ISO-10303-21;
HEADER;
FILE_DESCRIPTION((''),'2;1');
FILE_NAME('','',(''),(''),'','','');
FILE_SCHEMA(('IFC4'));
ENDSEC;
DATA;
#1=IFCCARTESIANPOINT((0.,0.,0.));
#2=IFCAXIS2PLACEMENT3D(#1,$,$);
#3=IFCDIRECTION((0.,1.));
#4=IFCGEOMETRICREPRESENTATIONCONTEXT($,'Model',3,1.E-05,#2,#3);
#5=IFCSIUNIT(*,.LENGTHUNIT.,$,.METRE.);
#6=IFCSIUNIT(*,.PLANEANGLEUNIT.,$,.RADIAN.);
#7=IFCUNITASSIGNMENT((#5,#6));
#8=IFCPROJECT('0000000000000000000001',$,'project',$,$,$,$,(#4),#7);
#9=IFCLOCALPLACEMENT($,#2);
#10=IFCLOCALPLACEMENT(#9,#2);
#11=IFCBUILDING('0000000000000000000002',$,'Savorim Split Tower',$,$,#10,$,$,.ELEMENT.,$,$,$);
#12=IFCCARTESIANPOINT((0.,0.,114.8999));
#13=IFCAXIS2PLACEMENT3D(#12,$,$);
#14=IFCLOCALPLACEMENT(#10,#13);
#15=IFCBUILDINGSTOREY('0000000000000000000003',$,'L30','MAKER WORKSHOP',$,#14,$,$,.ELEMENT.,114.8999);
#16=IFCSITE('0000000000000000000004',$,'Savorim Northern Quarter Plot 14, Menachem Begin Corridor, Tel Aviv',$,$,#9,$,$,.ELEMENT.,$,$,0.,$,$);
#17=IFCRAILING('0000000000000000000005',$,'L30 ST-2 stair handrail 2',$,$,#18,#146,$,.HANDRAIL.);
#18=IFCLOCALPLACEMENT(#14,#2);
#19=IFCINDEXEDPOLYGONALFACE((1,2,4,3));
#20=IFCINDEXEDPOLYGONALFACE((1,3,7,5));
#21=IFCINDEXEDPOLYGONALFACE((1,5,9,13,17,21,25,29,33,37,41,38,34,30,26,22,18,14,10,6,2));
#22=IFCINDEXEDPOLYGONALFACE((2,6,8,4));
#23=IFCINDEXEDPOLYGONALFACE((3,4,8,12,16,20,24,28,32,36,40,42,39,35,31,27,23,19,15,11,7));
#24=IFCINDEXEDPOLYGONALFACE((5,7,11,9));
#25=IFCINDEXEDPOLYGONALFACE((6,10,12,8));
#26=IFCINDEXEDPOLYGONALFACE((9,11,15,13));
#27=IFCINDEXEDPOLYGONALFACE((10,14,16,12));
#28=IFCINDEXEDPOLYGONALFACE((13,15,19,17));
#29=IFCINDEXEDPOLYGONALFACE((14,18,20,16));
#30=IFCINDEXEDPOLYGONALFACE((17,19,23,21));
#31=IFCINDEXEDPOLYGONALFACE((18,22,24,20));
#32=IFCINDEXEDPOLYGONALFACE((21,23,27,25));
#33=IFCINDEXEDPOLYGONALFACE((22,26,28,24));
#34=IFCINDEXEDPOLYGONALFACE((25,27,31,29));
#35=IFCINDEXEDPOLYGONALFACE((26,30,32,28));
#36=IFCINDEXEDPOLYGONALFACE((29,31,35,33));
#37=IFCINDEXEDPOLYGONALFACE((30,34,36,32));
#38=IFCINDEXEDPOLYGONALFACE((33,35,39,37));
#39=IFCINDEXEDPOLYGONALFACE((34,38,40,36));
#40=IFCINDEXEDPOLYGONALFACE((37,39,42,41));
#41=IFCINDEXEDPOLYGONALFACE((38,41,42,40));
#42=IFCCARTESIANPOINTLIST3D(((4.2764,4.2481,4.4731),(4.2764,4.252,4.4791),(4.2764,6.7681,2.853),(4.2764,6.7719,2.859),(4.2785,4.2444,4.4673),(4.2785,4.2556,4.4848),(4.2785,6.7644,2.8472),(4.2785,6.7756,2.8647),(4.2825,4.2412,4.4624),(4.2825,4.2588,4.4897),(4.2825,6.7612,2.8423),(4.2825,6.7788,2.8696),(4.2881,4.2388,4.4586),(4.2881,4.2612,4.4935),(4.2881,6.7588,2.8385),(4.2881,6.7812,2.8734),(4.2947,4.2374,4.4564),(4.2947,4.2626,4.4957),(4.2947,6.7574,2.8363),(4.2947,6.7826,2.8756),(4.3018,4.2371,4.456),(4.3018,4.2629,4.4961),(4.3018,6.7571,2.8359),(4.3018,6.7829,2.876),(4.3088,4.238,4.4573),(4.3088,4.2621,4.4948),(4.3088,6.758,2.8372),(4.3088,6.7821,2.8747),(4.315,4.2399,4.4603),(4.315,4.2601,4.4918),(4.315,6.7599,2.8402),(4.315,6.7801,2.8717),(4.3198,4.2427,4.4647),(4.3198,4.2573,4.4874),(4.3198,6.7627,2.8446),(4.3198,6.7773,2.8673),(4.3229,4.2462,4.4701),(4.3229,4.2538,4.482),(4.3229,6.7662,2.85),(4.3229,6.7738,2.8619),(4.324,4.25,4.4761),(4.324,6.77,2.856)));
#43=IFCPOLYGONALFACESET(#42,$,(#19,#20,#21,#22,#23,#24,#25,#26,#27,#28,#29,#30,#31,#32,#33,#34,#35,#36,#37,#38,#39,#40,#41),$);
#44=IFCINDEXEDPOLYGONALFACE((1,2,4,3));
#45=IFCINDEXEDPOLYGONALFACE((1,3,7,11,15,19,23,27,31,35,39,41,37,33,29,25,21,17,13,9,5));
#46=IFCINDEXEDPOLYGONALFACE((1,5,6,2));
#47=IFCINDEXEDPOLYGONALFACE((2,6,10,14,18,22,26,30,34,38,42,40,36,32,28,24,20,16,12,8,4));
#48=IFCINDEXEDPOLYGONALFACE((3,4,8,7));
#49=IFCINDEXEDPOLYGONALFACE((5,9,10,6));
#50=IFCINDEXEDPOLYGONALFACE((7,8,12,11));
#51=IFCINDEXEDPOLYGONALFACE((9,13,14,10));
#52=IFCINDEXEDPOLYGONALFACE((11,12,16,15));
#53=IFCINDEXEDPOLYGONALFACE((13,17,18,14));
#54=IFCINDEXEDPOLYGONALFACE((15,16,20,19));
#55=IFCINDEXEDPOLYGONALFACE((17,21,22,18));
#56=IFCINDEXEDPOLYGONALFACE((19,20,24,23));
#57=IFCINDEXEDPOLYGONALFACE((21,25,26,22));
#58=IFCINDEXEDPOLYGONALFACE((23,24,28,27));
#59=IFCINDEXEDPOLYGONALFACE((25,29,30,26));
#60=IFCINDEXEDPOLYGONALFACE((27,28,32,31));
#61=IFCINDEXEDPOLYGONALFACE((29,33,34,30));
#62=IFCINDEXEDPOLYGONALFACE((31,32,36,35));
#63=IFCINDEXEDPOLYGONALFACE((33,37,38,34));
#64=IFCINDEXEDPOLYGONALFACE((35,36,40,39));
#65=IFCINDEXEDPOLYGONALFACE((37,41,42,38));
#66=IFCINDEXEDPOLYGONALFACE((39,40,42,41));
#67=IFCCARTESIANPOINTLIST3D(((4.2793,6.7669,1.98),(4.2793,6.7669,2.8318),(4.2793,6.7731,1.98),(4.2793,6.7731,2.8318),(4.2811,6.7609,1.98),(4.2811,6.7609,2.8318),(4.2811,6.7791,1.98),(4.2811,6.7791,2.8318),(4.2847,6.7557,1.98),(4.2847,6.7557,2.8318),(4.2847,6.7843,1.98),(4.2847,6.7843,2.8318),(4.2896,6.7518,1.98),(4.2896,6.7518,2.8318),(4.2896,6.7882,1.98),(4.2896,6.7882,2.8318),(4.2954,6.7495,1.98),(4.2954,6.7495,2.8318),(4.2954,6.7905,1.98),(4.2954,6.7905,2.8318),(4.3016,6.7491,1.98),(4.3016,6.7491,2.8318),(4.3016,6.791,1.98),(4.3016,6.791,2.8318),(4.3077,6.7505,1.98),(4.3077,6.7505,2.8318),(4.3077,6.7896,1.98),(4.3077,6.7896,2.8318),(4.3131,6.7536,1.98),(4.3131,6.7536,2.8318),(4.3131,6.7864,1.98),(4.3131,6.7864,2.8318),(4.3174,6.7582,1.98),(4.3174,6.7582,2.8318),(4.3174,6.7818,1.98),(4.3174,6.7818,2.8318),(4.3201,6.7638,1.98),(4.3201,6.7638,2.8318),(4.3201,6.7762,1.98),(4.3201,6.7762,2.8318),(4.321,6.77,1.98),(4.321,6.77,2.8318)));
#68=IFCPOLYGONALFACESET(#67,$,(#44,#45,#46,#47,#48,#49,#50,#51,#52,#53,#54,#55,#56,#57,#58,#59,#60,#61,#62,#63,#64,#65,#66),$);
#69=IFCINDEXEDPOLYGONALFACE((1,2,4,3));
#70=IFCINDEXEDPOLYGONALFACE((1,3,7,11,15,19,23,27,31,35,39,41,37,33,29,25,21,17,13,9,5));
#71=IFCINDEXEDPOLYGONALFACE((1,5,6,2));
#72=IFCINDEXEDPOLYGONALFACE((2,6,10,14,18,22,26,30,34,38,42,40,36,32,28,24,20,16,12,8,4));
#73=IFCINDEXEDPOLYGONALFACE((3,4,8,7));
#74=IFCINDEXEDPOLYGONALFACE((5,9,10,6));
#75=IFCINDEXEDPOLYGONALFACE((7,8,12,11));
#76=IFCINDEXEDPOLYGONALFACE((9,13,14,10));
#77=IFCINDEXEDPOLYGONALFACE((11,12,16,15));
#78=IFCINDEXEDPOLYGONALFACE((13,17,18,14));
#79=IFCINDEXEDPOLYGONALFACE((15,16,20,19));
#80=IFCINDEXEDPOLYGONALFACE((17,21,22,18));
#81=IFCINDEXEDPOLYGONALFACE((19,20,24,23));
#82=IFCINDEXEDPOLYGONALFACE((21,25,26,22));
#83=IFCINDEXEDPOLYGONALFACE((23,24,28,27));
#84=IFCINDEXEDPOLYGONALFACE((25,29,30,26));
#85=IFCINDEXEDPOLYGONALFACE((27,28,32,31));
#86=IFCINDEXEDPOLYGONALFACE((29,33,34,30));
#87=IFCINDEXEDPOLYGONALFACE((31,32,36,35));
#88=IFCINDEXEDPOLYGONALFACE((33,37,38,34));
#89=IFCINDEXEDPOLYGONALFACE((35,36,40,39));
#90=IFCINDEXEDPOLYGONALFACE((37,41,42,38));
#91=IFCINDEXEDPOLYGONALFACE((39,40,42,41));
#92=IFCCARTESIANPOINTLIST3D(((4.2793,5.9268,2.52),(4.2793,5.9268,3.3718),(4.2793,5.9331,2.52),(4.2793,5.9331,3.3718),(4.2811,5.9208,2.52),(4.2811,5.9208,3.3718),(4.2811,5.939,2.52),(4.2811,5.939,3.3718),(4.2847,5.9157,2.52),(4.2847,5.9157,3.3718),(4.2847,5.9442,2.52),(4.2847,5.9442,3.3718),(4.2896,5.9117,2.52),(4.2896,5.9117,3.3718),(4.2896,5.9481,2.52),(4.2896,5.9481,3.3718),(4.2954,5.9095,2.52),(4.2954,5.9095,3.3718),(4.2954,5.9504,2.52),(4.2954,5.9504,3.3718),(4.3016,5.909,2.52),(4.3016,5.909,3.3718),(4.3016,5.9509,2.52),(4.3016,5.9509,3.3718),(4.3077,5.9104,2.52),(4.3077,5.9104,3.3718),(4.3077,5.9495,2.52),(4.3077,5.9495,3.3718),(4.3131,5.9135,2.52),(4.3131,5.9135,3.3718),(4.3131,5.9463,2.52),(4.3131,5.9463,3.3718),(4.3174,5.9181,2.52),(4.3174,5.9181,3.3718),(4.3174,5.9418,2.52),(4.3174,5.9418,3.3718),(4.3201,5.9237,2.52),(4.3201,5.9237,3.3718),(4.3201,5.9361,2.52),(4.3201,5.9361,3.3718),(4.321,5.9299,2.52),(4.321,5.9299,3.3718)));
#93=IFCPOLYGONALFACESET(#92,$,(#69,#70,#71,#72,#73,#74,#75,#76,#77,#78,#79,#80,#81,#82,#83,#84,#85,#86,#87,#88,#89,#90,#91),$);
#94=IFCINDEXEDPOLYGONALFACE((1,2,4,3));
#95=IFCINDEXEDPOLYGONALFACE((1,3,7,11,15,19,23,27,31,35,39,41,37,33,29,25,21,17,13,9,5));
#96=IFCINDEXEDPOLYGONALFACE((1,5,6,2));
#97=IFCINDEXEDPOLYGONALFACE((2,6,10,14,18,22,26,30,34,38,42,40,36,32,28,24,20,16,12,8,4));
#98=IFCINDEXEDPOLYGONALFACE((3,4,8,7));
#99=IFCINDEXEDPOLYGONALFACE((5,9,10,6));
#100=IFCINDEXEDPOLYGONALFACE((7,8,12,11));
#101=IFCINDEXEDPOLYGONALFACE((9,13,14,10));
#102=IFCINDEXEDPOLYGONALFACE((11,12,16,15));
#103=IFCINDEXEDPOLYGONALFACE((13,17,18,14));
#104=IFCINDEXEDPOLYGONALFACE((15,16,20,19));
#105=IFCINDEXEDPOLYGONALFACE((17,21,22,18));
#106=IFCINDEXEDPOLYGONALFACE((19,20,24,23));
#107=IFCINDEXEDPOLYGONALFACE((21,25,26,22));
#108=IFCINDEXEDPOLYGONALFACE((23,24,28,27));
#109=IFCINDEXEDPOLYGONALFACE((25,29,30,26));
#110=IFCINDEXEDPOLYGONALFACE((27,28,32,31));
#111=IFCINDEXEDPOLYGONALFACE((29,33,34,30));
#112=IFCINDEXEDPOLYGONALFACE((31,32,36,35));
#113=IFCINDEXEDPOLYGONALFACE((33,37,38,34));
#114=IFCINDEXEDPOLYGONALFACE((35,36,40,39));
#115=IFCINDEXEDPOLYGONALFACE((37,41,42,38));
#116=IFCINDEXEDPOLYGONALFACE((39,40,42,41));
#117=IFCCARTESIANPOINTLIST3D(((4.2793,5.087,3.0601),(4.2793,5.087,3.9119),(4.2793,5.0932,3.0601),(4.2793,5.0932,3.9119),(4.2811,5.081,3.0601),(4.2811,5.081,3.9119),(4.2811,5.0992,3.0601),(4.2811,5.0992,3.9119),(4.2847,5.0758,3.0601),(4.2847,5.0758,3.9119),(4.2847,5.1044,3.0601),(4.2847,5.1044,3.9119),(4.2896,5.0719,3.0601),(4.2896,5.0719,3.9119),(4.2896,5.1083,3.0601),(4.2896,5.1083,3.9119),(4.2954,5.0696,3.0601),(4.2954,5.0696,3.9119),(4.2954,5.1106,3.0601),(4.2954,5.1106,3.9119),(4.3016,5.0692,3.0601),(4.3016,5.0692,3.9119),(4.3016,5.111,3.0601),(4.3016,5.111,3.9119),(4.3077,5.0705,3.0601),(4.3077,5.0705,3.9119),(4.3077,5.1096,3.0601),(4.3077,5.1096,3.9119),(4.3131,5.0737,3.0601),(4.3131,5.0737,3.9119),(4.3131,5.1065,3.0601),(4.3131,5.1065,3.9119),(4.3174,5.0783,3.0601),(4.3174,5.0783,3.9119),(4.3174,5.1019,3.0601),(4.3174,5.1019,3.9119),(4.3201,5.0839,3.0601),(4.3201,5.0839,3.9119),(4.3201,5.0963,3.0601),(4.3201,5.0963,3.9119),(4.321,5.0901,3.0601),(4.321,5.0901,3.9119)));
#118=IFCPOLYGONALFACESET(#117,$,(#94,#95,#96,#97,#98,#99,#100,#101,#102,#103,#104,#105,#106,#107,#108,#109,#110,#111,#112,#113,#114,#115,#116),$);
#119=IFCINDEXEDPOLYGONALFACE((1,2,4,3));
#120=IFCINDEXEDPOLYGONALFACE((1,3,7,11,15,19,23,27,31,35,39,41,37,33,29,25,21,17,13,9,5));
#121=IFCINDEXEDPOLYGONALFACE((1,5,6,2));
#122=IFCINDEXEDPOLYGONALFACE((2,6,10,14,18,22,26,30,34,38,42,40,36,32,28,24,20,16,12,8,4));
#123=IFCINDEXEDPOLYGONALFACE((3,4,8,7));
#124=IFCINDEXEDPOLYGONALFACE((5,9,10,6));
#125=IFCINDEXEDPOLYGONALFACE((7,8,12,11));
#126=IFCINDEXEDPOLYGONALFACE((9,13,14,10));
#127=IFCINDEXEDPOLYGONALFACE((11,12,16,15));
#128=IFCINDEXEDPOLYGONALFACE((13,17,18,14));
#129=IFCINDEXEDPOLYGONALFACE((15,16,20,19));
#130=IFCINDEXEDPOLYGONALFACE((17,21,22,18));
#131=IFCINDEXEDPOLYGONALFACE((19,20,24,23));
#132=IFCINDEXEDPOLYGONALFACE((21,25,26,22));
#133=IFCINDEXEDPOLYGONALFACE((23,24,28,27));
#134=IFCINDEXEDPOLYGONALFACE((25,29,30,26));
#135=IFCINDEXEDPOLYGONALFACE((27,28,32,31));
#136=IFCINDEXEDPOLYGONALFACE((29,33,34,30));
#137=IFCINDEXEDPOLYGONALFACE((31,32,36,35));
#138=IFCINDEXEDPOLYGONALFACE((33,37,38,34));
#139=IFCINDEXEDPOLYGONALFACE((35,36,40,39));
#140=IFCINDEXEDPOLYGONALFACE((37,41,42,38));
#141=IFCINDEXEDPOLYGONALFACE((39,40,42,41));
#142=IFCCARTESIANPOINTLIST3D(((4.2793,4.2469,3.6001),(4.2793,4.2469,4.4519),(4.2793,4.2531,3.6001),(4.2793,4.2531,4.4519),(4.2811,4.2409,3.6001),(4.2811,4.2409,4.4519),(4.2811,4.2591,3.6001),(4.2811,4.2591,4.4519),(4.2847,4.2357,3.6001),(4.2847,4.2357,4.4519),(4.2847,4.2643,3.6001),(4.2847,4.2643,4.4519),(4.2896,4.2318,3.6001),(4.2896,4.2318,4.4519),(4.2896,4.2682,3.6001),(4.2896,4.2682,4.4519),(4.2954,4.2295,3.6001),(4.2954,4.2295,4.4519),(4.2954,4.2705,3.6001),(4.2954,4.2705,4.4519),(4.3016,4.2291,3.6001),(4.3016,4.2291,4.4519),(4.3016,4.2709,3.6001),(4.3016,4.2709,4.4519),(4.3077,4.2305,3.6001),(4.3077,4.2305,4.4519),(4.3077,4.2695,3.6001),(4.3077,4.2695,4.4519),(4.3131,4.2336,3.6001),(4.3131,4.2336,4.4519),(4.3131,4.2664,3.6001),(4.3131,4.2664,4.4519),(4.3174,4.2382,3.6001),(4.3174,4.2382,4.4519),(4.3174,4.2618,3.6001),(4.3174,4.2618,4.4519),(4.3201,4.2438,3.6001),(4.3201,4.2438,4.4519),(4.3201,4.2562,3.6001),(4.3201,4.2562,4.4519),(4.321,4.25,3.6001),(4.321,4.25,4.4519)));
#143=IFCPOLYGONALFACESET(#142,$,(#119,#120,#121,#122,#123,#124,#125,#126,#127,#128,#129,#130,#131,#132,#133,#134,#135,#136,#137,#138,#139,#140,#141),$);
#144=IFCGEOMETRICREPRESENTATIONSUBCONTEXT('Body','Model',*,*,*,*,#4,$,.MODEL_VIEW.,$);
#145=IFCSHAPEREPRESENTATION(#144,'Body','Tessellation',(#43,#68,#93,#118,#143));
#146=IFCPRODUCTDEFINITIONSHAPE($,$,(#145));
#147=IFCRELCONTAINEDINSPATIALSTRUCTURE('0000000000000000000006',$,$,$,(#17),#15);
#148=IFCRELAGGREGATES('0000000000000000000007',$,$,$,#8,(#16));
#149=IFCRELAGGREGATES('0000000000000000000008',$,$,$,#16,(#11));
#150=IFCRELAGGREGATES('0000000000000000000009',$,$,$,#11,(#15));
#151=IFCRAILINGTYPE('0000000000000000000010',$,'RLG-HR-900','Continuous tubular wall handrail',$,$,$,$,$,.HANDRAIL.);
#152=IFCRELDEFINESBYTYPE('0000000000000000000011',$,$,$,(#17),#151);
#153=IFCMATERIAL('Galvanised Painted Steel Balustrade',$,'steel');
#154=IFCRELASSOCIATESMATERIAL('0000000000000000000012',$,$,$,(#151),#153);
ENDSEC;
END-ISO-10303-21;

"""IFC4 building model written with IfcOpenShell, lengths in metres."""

from ifc_helpers import new_model, si_unit, direction, frame, origin, origin_2d, place, context, subcontext, project, spatial, circle, extrude, material, type_object, element, save


model = new_model("IFC4")

# Units and contexts
model_context = context("Model", 3, precision=1e-05, world=origin(), true_north=direction((0.0, 1.0)))
body_context = subcontext(model_context, "Body", "Model", "MODEL_VIEW")
ifc_project = project(units=[si_unit("LENGTHUNIT", "METRE"), si_unit("PLANEANGLEUNIT", "RADIAN")], contexts=[model_context])

# Site, building, storey
site_placement = place(None, origin())
site = spatial("IfcSite", under=ifc_project, at=site_placement, Name="Savorim Northern Quarter Plot 14, Menachem Begin Corridor, Tel Aviv", CompositionType="ELEMENT", RefElevation=0.0)
building_placement = place(site_placement, origin())
building = spatial("IfcBuilding", under=site, at=building_placement, Name="Savorim Split Tower", CompositionType="ELEMENT")
storey_placement = place(building_placement, frame((0.0, 0.0, 114.8999)))
storey = spatial("IfcBuildingStorey", under=building, at=storey_placement, Name="L30", Description="MAKER WORKSHOP", CompositionType="ELEMENT", Elevation=114.8999)

# Railing
ifc_material_1 = material(Name="Galvanised Painted Steel Balustrade", Category="steel")
railing_type_1 = type_object("IfcRailingType", Name="RLG-HR-900", Description="Continuous tubular wall handrail", PredefinedType="HANDRAIL", material=ifc_material_1)
railing_1_placement = place(storey_placement, frame((4.3, 6.77, 1.98)))
element("IfcRailing", 1, at=railing_1_placement, inside=storey, type_object=railing_type_1, Name="L30 ST-2 stair handrail 2", PredefinedType="HANDRAIL", context=body_context, shape_type="SweptSolid", body=[
    extrude(circle(Radius=0.0239, at=origin_2d()), frame((0.0, 0.0, 0.876), z_axis=(0.0, -0.841163, 0.540782), x_axis=(1.0, 0.0, 0.0)), (0.0, 0.0, 1.0), 2.9958),
    extrude(circle(Radius=0.021, at=origin_2d()), origin(), (0.0, 0.0, 1.0), 0.8518),
    extrude(circle(Radius=0.021, at=origin_2d()), frame((0.0, -0.8401, 0.54)), (0.0, 0.0, 1.0), 0.8518),
    extrude(circle(Radius=0.021, at=origin_2d()), frame((0.0, -1.6799, 1.0801)), (0.0, 0.0, 1.0), 0.8518),
    extrude(circle(Radius=0.021, at=origin_2d()), frame((0.0, -2.52, 1.6201)), (0.0, 0.0, 1.0), 0.8518),
])

save(model, "model.ifc")
